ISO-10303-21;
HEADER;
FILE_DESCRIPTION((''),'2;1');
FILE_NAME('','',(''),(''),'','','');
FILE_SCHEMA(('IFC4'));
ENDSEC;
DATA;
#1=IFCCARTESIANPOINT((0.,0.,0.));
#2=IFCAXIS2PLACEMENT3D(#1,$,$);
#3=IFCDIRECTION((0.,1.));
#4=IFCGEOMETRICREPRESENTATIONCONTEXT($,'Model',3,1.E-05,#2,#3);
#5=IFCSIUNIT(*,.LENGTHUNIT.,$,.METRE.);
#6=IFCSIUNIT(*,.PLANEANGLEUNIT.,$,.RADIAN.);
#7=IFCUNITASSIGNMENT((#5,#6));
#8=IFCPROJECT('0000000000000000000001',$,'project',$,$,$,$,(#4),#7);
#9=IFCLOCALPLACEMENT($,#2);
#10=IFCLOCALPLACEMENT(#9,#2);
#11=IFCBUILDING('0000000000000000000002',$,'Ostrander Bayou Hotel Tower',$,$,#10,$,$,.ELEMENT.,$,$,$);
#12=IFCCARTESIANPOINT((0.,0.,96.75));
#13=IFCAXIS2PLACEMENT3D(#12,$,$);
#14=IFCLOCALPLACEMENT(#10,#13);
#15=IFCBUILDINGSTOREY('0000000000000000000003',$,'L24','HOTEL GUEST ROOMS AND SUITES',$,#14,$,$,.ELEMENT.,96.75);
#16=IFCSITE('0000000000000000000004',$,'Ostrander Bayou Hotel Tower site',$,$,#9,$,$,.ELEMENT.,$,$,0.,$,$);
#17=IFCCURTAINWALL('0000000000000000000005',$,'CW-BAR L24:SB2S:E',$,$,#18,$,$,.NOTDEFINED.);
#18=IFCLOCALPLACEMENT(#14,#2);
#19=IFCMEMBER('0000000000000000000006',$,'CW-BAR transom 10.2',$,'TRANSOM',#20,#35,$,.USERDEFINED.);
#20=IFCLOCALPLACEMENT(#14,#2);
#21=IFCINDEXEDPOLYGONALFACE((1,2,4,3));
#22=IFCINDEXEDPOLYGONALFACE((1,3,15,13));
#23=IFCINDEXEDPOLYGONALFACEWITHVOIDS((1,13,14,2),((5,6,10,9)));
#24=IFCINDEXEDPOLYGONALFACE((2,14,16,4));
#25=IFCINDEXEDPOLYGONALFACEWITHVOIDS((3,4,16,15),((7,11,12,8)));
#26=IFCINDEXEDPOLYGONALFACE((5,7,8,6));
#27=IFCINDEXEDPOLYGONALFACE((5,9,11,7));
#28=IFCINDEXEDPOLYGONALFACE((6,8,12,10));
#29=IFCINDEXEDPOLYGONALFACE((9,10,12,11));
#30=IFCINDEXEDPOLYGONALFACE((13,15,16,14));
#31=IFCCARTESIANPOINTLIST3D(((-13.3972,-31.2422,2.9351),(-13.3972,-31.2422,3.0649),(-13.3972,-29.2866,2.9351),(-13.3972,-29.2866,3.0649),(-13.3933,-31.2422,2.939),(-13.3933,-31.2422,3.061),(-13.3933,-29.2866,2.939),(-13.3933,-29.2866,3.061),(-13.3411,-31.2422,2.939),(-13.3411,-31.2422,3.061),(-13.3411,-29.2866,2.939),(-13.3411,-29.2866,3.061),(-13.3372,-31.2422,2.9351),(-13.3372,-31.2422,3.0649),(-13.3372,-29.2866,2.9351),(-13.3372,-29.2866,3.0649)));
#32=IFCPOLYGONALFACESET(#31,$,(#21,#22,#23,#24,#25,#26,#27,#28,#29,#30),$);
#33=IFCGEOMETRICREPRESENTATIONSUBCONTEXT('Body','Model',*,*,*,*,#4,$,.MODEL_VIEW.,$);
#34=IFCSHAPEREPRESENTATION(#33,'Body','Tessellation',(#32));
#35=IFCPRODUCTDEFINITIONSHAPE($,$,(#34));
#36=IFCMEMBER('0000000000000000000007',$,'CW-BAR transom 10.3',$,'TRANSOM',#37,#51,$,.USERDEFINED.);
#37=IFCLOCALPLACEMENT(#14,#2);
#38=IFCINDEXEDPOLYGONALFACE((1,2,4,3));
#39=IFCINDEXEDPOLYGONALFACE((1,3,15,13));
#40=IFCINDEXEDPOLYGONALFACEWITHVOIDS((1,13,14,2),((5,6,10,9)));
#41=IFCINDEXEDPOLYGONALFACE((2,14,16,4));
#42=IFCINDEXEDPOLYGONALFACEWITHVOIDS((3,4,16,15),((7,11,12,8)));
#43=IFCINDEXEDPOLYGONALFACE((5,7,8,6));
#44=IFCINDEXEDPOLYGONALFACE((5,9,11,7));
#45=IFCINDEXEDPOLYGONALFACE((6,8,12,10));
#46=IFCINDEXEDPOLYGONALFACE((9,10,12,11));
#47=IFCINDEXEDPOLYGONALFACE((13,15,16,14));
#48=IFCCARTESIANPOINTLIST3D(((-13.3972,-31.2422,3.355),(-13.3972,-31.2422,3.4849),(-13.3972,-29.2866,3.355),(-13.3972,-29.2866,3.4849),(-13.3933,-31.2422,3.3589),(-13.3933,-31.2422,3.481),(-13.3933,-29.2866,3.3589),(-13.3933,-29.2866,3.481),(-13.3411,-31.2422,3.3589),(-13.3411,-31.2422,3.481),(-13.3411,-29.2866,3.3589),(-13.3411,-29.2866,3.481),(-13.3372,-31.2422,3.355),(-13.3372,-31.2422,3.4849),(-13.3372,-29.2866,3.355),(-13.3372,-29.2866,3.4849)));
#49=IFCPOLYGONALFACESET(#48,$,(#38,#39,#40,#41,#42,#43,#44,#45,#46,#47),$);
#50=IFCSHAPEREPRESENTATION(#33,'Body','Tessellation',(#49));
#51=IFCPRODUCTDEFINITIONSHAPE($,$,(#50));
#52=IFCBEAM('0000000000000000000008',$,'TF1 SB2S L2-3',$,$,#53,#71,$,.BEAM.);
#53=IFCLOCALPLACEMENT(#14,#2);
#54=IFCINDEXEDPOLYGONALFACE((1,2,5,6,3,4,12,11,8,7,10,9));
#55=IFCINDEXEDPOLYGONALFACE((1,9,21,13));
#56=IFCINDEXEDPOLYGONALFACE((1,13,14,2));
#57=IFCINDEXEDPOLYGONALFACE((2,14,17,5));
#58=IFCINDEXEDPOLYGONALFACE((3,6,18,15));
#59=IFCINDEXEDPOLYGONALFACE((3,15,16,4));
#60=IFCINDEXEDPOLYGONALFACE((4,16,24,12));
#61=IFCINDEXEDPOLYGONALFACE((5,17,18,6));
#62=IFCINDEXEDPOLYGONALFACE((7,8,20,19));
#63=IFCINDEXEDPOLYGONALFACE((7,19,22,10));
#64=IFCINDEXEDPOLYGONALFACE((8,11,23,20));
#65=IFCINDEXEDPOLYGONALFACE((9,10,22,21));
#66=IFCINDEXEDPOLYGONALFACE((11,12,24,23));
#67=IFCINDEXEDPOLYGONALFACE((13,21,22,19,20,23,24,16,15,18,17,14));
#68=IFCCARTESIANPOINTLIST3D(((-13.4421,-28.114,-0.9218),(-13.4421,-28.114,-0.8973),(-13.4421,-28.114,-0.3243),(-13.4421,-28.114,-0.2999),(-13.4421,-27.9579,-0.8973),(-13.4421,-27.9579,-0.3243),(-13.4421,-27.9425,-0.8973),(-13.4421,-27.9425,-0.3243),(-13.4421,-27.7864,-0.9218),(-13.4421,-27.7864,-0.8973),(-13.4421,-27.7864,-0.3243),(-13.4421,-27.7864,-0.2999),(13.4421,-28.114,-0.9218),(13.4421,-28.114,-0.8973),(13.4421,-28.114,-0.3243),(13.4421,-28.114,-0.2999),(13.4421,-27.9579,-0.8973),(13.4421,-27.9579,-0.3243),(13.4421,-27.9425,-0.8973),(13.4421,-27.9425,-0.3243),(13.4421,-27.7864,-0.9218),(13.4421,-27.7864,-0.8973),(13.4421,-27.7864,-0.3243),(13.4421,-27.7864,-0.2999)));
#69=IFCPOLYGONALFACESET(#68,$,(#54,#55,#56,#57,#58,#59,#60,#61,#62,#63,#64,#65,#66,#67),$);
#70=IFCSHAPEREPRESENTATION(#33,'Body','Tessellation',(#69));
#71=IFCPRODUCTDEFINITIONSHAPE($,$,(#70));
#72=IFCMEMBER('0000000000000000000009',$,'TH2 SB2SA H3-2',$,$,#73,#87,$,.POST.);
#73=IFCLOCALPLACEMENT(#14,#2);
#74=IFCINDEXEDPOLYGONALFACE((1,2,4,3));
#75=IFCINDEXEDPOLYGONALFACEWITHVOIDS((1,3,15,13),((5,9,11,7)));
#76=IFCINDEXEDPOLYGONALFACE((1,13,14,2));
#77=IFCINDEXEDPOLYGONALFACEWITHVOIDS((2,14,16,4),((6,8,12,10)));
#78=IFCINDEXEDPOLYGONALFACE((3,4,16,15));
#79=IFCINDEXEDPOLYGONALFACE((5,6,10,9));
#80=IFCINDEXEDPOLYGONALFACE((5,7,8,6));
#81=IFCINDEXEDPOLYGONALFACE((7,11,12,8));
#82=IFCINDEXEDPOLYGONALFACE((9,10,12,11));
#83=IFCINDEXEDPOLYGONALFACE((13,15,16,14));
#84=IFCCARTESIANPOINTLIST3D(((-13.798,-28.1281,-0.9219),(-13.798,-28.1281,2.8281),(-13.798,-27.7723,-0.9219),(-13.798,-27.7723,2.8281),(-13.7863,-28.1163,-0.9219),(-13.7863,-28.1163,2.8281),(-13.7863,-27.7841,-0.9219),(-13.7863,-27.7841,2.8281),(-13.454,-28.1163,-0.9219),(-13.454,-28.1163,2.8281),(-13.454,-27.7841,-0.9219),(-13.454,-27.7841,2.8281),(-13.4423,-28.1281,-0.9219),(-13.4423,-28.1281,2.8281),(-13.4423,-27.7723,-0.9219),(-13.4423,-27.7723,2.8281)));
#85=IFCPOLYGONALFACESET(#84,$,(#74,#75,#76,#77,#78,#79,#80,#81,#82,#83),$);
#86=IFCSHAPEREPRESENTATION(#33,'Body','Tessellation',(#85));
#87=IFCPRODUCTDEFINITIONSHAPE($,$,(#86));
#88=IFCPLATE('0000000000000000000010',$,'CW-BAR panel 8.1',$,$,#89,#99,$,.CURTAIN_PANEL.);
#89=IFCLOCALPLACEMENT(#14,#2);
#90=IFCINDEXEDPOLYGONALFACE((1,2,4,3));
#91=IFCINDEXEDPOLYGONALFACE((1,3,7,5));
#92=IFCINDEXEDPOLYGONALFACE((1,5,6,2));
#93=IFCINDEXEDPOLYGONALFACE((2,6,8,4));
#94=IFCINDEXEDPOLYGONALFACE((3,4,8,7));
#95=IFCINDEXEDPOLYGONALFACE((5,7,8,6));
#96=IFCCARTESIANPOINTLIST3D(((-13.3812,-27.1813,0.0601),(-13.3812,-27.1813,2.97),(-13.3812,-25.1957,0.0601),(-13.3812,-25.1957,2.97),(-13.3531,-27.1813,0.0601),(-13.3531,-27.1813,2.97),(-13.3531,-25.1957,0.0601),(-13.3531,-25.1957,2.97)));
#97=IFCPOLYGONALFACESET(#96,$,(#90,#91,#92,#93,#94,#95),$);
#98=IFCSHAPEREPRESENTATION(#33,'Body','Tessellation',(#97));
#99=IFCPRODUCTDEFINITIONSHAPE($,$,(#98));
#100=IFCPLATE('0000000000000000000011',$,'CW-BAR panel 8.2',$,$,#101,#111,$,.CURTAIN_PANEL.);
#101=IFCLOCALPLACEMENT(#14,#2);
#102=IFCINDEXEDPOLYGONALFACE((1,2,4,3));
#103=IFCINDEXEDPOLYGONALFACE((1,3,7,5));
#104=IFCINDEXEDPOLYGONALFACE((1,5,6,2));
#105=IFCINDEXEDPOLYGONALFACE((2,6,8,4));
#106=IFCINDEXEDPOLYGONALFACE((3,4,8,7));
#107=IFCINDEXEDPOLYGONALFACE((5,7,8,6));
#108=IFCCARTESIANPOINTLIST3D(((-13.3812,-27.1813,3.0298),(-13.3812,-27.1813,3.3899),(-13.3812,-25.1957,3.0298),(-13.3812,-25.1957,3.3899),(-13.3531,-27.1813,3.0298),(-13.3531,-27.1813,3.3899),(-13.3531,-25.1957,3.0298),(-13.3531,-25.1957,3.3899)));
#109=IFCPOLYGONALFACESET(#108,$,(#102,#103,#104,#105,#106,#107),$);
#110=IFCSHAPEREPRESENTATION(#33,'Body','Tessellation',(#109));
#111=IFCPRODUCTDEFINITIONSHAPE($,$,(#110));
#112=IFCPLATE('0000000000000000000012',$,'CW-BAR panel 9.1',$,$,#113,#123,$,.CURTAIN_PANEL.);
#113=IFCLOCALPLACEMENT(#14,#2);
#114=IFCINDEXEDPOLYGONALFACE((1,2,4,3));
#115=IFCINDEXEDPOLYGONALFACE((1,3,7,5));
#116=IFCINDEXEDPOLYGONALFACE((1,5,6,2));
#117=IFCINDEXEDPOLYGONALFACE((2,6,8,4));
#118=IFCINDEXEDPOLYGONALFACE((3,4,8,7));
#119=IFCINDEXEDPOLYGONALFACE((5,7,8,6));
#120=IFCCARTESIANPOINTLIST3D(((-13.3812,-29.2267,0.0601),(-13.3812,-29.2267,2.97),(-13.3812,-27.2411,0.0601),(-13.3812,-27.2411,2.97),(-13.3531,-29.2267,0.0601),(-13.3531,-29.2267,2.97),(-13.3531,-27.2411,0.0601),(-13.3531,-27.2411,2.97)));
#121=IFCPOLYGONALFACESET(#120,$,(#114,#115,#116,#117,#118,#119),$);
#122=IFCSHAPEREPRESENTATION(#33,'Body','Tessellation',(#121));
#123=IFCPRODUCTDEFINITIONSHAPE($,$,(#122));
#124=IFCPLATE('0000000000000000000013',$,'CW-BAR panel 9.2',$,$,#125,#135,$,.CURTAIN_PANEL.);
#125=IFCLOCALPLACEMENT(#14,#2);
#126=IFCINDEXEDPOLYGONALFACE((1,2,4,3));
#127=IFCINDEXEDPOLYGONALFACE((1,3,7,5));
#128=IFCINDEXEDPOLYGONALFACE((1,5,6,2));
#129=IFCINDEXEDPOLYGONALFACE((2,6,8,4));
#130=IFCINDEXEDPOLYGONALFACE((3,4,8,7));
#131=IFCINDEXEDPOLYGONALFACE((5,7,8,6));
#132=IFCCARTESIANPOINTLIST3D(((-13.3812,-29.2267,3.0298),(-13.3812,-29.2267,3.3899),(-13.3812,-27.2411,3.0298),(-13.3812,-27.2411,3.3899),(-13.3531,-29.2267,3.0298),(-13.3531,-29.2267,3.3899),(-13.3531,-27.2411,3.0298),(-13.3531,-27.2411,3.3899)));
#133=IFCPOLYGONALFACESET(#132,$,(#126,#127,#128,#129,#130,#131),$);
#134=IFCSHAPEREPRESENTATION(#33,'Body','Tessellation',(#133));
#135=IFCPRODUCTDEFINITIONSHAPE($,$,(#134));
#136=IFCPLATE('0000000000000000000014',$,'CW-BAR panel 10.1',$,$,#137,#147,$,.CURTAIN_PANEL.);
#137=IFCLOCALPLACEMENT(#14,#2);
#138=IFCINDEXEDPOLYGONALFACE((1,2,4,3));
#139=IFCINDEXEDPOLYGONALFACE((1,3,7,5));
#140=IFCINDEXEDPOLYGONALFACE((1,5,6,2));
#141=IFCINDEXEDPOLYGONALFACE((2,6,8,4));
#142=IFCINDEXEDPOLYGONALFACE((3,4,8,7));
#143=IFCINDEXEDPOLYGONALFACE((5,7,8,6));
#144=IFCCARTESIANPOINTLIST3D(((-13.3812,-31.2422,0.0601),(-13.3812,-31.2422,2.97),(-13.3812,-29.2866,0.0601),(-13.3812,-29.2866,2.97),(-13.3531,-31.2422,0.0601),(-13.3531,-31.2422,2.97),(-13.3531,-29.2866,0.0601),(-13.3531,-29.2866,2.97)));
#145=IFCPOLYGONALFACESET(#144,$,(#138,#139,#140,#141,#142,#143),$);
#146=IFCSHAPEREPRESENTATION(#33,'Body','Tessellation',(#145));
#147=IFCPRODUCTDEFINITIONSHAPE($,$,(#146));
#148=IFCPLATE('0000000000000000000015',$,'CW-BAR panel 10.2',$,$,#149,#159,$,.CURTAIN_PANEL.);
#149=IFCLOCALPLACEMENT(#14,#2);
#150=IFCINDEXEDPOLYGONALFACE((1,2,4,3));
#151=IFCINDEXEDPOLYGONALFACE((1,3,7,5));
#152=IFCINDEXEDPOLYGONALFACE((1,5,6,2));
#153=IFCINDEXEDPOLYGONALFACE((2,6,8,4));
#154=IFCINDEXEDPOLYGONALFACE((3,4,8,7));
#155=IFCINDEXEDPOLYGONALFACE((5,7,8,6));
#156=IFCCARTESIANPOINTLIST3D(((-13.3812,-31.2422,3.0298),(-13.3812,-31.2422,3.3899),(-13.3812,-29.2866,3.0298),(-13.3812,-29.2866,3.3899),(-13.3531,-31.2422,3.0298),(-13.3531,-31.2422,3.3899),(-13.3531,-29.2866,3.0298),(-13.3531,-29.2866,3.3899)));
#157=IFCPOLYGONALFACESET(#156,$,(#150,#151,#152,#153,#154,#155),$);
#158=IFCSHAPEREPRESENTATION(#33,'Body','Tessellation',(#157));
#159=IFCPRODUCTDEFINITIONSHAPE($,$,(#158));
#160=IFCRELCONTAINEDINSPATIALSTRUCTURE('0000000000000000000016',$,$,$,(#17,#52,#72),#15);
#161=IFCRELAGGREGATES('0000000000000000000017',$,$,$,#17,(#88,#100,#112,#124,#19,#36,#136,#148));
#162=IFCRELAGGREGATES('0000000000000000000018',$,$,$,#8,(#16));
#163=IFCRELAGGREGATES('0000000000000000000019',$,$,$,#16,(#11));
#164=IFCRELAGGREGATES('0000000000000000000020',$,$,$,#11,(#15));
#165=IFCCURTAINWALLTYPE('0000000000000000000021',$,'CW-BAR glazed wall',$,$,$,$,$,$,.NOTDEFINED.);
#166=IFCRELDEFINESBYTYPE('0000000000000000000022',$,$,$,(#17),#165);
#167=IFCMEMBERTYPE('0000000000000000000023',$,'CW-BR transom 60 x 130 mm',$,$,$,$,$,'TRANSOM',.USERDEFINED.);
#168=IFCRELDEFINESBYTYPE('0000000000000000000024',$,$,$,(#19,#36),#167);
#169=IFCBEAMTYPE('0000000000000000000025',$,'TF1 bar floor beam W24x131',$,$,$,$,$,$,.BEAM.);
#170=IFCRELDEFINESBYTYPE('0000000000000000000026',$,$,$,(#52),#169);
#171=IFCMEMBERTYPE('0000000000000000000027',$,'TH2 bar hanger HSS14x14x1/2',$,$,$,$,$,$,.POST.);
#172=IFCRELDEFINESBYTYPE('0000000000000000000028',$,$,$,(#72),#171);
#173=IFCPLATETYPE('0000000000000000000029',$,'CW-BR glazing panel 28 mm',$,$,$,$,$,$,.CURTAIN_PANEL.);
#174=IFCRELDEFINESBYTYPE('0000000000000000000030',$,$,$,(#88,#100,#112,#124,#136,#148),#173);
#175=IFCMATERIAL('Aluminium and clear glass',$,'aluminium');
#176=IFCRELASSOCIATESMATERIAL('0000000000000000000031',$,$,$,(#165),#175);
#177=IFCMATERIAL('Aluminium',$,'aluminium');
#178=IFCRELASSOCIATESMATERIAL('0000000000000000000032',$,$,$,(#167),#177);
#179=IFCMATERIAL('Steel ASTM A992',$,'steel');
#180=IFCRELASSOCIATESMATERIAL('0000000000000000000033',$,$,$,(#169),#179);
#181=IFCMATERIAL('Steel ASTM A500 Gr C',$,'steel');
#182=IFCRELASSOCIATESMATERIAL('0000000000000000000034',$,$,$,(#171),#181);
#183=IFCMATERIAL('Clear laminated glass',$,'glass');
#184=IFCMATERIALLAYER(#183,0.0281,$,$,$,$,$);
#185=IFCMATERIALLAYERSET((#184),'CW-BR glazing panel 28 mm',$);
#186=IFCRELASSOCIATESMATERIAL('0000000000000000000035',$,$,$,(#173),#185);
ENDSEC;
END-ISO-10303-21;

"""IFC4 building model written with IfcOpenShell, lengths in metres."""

from ifc_helpers import new_model, si_unit, direction, frame, origin, origin_2d, place, context, subcontext, project, spatial, rectangle, hollow_rectangle, i_section, extrude, material, layer, layer_set, material_profile, profile_set, type_object, element, aggregate, save


model = new_model("IFC4")

# Units and contexts
model_context = context("Model", 3, precision=1e-05, world=origin(), true_north=direction((0.0, 1.0)))
body_context = subcontext(model_context, "Body", "Model", "MODEL_VIEW")
ifc_project = project(units=[si_unit("LENGTHUNIT", "METRE"), si_unit("PLANEANGLEUNIT", "RADIAN")], contexts=[model_context])

# Site, building, storey
site_placement = place(None, origin())
site = spatial("IfcSite", under=ifc_project, at=site_placement, Name="Ostrander Bayou Hotel Tower site", CompositionType="ELEMENT", RefElevation=0.0)
building_placement = place(site_placement, origin())
building = spatial("IfcBuilding", under=site, at=building_placement, Name="Ostrander Bayou Hotel Tower", CompositionType="ELEMENT")
storey_placement = place(building_placement, frame((0.0, 0.0, 96.75)))
storey = spatial("IfcBuildingStorey", under=building, at=storey_placement, Name="L24", Description="HOTEL GUEST ROOMS AND SUITES", CompositionType="ELEMENT", Elevation=96.75)

# Curtain wall, members
ifc_material_1 = material(Name="Aluminium and clear glass", Category="aluminium")
curtain_wall_type = type_object("IfcCurtainWallType", Name="CW-BAR glazed wall", PredefinedType="NOTDEFINED", material=ifc_material_1)
curtain_wall_placement = place(storey_placement, origin())
curtain_wall = element("IfcCurtainWall", 1, at=curtain_wall_placement, inside=storey, type_object=curtain_wall_type, Name="CW-BAR L24:SB2S:E", PredefinedType="NOTDEFINED")
ifc_material_2 = material(Name="Aluminium", Category="aluminium")
ifc_material_profile_1 = material_profile(ifc_material_2, hollow_rectangle(XDim=0.0601, YDim=0.1299, WallThickness=0.0039, at=origin_2d()))
ifc_profile_set_1 = profile_set([ifc_material_profile_1], Name="Aluminium")
member_type_1 = type_object("IfcMemberType", Name="CW-BR transom 60 x 130 mm", ElementType="TRANSOM", PredefinedType="USERDEFINED", material=ifc_profile_set_1)
member_1_placement = place(storey_placement, frame((-13.3672, -29.2866, 3.0), z_axis=(0.0, -1.0, 0.0), x_axis=(1.0, 0.0, 0.0)))
member_1 = element("IfcMember", 2, at=member_1_placement, type_object=member_type_1, Name="CW-BAR transom 10.2", ObjectType="TRANSOM", PredefinedType="USERDEFINED", context=body_context, shape_type="SweptSolid", body=[
    extrude(hollow_rectangle(XDim=0.0601, YDim=0.1299, WallThickness=0.0039, at=origin_2d()), origin(), (0.0, 0.0, 1.0), 1.9556),
])
member_2_placement = place(storey_placement, frame((-13.3672, -29.2866, 3.4199), z_axis=(0.0, -1.0, 0.0), x_axis=(1.0, 0.0, 0.0)))
member_2 = element("IfcMember", 3, at=member_2_placement, type_object=member_type_1, Name="CW-BAR transom 10.3", ObjectType="TRANSOM", PredefinedType="USERDEFINED", context=body_context, shape_type="SweptSolid", body=[
    extrude(hollow_rectangle(XDim=0.0601, YDim=0.1299, WallThickness=0.0039, at=origin_2d()), origin(), (0.0, 0.0, 1.0), 1.9556),
])

# Beam
ifc_material_3 = material(Name="Steel ASTM A992", Category="steel")
ifc_material_profile_2 = material_profile(ifc_material_3, i_section(OverallWidth=0.3276, OverallDepth=0.6218, WebThickness=0.0154, FlangeThickness=0.0244, at=origin_2d()))
ifc_profile_set_2 = profile_set([ifc_material_profile_2], Name="Steel ASTM A992")
beam_type = type_object("IfcBeamType", Name="TF1 bar floor beam W24x131", PredefinedType="BEAM", material=ifc_profile_set_2)
beam_placement = place(storey_placement, frame((-13.4421, -27.9502, -0.6108), z_axis=(1.0, 0.0, 0.0), x_axis=(0.0, 1.0, 0.0)))
element("IfcBeam", 4, at=beam_placement, inside=storey, type_object=beam_type, Name="TF1 SB2S L2-3", PredefinedType="BEAM", context=body_context, shape_type="SweptSolid", body=[
    extrude(i_section(OverallWidth=0.3276, OverallDepth=0.6218, WebThickness=0.0154, FlangeThickness=0.0244, at=origin_2d()), origin(), (0.0, 0.0, 1.0), 26.8843),
])

# Member
ifc_material_4 = material(Name="Steel ASTM A500 Gr C", Category="steel")
ifc_material_profile_3 = material_profile(ifc_material_4, hollow_rectangle(XDim=0.3557, YDim=0.3557, WallThickness=0.0117, at=origin_2d()))
ifc_profile_set_3 = profile_set([ifc_material_profile_3], Name="Steel ASTM A500 Gr C")
member_type_2 = type_object("IfcMemberType", Name="TH2 bar hanger HSS14x14x1/2", PredefinedType="POST", material=ifc_profile_set_3)
member_3_placement = place(storey_placement, frame((-13.6201, -27.9502, -0.9219), z_axis=(0.0, 0.0, 1.0), x_axis=(1.0, 0.0, 0.0)))
element("IfcMember", 5, at=member_3_placement, inside=storey, type_object=member_type_2, Name="TH2 SB2SA H3-2", PredefinedType="POST", context=body_context, shape_type="SweptSolid", body=[
    extrude(hollow_rectangle(XDim=0.3557, YDim=0.3557, WallThickness=0.0117, at=origin_2d()), origin(), (0.0, 0.0, 1.0), 3.75),
])

# Plates
ifc_material_5 = material(Name="Clear laminated glass", Category="glass")
ifc_layer = layer(ifc_material_5, 0.0281)
ifc_layer_set = layer_set([ifc_layer], Name="CW-BR glazing panel 28 mm")
plate_type = type_object("IfcPlateType", Name="CW-BR glazing panel 28 mm", PredefinedType="CURTAIN_PANEL", material=ifc_layer_set)
plate_1_placement = place(storey_placement, frame((-13.3672, -26.1885, 0.0601), z_axis=(0.0, 0.0, 1.0), x_axis=(0.0, -1.0, 0.0)))
plate_1 = element("IfcPlate", 6, at=plate_1_placement, type_object=plate_type, Name="CW-BAR panel 8.1", PredefinedType="CURTAIN_PANEL", context=body_context, shape_type="SweptSolid", body=[
    extrude(rectangle(XDim=1.9856, YDim=0.0281, at=origin_2d()), origin(), (0.0, 0.0, 1.0), 2.9099),
])
plate_2_placement = place(storey_placement, frame((-13.3672, -26.1885, 3.0298), z_axis=(0.0, 0.0, 1.0), x_axis=(0.0, -1.0, 0.0)))
plate_2 = element("IfcPlate", 7, at=plate_2_placement, type_object=plate_type, Name="CW-BAR panel 8.2", PredefinedType="CURTAIN_PANEL", context=body_context, shape_type="SweptSolid", body=[
    extrude(rectangle(XDim=1.9856, YDim=0.0281, at=origin_2d()), origin(), (0.0, 0.0, 1.0), 0.3601),
])
plate_3_placement = place(storey_placement, frame((-13.3672, -28.2339, 0.0601), z_axis=(0.0, 0.0, 1.0), x_axis=(0.0, -1.0, 0.0)))
plate_3 = element("IfcPlate", 8, at=plate_3_placement, type_object=plate_type, Name="CW-BAR panel 9.1", PredefinedType="CURTAIN_PANEL", context=body_context, shape_type="SweptSolid", body=[
    extrude(rectangle(XDim=1.9856, YDim=0.0281, at=origin_2d()), origin(), (0.0, 0.0, 1.0), 2.9099),
])
plate_4_placement = place(storey_placement, frame((-13.3672, -28.2339, 3.0298), z_axis=(0.0, 0.0, 1.0), x_axis=(0.0, -1.0, 0.0)))
plate_4 = element("IfcPlate", 9, at=plate_4_placement, type_object=plate_type, Name="CW-BAR panel 9.2", PredefinedType="CURTAIN_PANEL", context=body_context, shape_type="SweptSolid", body=[
    extrude(rectangle(XDim=1.9856, YDim=0.0281, at=origin_2d()), origin(), (0.0, 0.0, 1.0), 0.3601),
])
plate_5_placement = place(storey_placement, frame((-13.3672, -30.2644, 0.0601), z_axis=(0.0, 0.0, 1.0), x_axis=(0.0, -1.0, 0.0)))
plate_5 = element("IfcPlate", 10, at=plate_5_placement, type_object=plate_type, Name="CW-BAR panel 10.1", PredefinedType="CURTAIN_PANEL", context=body_context, shape_type="SweptSolid", body=[
    extrude(rectangle(XDim=1.9556, YDim=0.0281, at=origin_2d()), origin(), (0.0, 0.0, 1.0), 2.9099),
])
plate_6_placement = place(storey_placement, frame((-13.3672, -30.2644, 3.0298), z_axis=(0.0, 0.0, 1.0), x_axis=(0.0, -1.0, 0.0)))
plate_6 = element("IfcPlate", 11, at=plate_6_placement, type_object=plate_type, Name="CW-BAR panel 10.2", PredefinedType="CURTAIN_PANEL", context=body_context, shape_type="SweptSolid", body=[
    extrude(rectangle(XDim=1.9556, YDim=0.0281, at=origin_2d()), origin(), (0.0, 0.0, 1.0), 0.3601),
])
aggregate(curtain_wall, [plate_1, plate_2, plate_3, plate_4, member_1, member_2, plate_5, plate_6])

save(model, "model.ifc")
